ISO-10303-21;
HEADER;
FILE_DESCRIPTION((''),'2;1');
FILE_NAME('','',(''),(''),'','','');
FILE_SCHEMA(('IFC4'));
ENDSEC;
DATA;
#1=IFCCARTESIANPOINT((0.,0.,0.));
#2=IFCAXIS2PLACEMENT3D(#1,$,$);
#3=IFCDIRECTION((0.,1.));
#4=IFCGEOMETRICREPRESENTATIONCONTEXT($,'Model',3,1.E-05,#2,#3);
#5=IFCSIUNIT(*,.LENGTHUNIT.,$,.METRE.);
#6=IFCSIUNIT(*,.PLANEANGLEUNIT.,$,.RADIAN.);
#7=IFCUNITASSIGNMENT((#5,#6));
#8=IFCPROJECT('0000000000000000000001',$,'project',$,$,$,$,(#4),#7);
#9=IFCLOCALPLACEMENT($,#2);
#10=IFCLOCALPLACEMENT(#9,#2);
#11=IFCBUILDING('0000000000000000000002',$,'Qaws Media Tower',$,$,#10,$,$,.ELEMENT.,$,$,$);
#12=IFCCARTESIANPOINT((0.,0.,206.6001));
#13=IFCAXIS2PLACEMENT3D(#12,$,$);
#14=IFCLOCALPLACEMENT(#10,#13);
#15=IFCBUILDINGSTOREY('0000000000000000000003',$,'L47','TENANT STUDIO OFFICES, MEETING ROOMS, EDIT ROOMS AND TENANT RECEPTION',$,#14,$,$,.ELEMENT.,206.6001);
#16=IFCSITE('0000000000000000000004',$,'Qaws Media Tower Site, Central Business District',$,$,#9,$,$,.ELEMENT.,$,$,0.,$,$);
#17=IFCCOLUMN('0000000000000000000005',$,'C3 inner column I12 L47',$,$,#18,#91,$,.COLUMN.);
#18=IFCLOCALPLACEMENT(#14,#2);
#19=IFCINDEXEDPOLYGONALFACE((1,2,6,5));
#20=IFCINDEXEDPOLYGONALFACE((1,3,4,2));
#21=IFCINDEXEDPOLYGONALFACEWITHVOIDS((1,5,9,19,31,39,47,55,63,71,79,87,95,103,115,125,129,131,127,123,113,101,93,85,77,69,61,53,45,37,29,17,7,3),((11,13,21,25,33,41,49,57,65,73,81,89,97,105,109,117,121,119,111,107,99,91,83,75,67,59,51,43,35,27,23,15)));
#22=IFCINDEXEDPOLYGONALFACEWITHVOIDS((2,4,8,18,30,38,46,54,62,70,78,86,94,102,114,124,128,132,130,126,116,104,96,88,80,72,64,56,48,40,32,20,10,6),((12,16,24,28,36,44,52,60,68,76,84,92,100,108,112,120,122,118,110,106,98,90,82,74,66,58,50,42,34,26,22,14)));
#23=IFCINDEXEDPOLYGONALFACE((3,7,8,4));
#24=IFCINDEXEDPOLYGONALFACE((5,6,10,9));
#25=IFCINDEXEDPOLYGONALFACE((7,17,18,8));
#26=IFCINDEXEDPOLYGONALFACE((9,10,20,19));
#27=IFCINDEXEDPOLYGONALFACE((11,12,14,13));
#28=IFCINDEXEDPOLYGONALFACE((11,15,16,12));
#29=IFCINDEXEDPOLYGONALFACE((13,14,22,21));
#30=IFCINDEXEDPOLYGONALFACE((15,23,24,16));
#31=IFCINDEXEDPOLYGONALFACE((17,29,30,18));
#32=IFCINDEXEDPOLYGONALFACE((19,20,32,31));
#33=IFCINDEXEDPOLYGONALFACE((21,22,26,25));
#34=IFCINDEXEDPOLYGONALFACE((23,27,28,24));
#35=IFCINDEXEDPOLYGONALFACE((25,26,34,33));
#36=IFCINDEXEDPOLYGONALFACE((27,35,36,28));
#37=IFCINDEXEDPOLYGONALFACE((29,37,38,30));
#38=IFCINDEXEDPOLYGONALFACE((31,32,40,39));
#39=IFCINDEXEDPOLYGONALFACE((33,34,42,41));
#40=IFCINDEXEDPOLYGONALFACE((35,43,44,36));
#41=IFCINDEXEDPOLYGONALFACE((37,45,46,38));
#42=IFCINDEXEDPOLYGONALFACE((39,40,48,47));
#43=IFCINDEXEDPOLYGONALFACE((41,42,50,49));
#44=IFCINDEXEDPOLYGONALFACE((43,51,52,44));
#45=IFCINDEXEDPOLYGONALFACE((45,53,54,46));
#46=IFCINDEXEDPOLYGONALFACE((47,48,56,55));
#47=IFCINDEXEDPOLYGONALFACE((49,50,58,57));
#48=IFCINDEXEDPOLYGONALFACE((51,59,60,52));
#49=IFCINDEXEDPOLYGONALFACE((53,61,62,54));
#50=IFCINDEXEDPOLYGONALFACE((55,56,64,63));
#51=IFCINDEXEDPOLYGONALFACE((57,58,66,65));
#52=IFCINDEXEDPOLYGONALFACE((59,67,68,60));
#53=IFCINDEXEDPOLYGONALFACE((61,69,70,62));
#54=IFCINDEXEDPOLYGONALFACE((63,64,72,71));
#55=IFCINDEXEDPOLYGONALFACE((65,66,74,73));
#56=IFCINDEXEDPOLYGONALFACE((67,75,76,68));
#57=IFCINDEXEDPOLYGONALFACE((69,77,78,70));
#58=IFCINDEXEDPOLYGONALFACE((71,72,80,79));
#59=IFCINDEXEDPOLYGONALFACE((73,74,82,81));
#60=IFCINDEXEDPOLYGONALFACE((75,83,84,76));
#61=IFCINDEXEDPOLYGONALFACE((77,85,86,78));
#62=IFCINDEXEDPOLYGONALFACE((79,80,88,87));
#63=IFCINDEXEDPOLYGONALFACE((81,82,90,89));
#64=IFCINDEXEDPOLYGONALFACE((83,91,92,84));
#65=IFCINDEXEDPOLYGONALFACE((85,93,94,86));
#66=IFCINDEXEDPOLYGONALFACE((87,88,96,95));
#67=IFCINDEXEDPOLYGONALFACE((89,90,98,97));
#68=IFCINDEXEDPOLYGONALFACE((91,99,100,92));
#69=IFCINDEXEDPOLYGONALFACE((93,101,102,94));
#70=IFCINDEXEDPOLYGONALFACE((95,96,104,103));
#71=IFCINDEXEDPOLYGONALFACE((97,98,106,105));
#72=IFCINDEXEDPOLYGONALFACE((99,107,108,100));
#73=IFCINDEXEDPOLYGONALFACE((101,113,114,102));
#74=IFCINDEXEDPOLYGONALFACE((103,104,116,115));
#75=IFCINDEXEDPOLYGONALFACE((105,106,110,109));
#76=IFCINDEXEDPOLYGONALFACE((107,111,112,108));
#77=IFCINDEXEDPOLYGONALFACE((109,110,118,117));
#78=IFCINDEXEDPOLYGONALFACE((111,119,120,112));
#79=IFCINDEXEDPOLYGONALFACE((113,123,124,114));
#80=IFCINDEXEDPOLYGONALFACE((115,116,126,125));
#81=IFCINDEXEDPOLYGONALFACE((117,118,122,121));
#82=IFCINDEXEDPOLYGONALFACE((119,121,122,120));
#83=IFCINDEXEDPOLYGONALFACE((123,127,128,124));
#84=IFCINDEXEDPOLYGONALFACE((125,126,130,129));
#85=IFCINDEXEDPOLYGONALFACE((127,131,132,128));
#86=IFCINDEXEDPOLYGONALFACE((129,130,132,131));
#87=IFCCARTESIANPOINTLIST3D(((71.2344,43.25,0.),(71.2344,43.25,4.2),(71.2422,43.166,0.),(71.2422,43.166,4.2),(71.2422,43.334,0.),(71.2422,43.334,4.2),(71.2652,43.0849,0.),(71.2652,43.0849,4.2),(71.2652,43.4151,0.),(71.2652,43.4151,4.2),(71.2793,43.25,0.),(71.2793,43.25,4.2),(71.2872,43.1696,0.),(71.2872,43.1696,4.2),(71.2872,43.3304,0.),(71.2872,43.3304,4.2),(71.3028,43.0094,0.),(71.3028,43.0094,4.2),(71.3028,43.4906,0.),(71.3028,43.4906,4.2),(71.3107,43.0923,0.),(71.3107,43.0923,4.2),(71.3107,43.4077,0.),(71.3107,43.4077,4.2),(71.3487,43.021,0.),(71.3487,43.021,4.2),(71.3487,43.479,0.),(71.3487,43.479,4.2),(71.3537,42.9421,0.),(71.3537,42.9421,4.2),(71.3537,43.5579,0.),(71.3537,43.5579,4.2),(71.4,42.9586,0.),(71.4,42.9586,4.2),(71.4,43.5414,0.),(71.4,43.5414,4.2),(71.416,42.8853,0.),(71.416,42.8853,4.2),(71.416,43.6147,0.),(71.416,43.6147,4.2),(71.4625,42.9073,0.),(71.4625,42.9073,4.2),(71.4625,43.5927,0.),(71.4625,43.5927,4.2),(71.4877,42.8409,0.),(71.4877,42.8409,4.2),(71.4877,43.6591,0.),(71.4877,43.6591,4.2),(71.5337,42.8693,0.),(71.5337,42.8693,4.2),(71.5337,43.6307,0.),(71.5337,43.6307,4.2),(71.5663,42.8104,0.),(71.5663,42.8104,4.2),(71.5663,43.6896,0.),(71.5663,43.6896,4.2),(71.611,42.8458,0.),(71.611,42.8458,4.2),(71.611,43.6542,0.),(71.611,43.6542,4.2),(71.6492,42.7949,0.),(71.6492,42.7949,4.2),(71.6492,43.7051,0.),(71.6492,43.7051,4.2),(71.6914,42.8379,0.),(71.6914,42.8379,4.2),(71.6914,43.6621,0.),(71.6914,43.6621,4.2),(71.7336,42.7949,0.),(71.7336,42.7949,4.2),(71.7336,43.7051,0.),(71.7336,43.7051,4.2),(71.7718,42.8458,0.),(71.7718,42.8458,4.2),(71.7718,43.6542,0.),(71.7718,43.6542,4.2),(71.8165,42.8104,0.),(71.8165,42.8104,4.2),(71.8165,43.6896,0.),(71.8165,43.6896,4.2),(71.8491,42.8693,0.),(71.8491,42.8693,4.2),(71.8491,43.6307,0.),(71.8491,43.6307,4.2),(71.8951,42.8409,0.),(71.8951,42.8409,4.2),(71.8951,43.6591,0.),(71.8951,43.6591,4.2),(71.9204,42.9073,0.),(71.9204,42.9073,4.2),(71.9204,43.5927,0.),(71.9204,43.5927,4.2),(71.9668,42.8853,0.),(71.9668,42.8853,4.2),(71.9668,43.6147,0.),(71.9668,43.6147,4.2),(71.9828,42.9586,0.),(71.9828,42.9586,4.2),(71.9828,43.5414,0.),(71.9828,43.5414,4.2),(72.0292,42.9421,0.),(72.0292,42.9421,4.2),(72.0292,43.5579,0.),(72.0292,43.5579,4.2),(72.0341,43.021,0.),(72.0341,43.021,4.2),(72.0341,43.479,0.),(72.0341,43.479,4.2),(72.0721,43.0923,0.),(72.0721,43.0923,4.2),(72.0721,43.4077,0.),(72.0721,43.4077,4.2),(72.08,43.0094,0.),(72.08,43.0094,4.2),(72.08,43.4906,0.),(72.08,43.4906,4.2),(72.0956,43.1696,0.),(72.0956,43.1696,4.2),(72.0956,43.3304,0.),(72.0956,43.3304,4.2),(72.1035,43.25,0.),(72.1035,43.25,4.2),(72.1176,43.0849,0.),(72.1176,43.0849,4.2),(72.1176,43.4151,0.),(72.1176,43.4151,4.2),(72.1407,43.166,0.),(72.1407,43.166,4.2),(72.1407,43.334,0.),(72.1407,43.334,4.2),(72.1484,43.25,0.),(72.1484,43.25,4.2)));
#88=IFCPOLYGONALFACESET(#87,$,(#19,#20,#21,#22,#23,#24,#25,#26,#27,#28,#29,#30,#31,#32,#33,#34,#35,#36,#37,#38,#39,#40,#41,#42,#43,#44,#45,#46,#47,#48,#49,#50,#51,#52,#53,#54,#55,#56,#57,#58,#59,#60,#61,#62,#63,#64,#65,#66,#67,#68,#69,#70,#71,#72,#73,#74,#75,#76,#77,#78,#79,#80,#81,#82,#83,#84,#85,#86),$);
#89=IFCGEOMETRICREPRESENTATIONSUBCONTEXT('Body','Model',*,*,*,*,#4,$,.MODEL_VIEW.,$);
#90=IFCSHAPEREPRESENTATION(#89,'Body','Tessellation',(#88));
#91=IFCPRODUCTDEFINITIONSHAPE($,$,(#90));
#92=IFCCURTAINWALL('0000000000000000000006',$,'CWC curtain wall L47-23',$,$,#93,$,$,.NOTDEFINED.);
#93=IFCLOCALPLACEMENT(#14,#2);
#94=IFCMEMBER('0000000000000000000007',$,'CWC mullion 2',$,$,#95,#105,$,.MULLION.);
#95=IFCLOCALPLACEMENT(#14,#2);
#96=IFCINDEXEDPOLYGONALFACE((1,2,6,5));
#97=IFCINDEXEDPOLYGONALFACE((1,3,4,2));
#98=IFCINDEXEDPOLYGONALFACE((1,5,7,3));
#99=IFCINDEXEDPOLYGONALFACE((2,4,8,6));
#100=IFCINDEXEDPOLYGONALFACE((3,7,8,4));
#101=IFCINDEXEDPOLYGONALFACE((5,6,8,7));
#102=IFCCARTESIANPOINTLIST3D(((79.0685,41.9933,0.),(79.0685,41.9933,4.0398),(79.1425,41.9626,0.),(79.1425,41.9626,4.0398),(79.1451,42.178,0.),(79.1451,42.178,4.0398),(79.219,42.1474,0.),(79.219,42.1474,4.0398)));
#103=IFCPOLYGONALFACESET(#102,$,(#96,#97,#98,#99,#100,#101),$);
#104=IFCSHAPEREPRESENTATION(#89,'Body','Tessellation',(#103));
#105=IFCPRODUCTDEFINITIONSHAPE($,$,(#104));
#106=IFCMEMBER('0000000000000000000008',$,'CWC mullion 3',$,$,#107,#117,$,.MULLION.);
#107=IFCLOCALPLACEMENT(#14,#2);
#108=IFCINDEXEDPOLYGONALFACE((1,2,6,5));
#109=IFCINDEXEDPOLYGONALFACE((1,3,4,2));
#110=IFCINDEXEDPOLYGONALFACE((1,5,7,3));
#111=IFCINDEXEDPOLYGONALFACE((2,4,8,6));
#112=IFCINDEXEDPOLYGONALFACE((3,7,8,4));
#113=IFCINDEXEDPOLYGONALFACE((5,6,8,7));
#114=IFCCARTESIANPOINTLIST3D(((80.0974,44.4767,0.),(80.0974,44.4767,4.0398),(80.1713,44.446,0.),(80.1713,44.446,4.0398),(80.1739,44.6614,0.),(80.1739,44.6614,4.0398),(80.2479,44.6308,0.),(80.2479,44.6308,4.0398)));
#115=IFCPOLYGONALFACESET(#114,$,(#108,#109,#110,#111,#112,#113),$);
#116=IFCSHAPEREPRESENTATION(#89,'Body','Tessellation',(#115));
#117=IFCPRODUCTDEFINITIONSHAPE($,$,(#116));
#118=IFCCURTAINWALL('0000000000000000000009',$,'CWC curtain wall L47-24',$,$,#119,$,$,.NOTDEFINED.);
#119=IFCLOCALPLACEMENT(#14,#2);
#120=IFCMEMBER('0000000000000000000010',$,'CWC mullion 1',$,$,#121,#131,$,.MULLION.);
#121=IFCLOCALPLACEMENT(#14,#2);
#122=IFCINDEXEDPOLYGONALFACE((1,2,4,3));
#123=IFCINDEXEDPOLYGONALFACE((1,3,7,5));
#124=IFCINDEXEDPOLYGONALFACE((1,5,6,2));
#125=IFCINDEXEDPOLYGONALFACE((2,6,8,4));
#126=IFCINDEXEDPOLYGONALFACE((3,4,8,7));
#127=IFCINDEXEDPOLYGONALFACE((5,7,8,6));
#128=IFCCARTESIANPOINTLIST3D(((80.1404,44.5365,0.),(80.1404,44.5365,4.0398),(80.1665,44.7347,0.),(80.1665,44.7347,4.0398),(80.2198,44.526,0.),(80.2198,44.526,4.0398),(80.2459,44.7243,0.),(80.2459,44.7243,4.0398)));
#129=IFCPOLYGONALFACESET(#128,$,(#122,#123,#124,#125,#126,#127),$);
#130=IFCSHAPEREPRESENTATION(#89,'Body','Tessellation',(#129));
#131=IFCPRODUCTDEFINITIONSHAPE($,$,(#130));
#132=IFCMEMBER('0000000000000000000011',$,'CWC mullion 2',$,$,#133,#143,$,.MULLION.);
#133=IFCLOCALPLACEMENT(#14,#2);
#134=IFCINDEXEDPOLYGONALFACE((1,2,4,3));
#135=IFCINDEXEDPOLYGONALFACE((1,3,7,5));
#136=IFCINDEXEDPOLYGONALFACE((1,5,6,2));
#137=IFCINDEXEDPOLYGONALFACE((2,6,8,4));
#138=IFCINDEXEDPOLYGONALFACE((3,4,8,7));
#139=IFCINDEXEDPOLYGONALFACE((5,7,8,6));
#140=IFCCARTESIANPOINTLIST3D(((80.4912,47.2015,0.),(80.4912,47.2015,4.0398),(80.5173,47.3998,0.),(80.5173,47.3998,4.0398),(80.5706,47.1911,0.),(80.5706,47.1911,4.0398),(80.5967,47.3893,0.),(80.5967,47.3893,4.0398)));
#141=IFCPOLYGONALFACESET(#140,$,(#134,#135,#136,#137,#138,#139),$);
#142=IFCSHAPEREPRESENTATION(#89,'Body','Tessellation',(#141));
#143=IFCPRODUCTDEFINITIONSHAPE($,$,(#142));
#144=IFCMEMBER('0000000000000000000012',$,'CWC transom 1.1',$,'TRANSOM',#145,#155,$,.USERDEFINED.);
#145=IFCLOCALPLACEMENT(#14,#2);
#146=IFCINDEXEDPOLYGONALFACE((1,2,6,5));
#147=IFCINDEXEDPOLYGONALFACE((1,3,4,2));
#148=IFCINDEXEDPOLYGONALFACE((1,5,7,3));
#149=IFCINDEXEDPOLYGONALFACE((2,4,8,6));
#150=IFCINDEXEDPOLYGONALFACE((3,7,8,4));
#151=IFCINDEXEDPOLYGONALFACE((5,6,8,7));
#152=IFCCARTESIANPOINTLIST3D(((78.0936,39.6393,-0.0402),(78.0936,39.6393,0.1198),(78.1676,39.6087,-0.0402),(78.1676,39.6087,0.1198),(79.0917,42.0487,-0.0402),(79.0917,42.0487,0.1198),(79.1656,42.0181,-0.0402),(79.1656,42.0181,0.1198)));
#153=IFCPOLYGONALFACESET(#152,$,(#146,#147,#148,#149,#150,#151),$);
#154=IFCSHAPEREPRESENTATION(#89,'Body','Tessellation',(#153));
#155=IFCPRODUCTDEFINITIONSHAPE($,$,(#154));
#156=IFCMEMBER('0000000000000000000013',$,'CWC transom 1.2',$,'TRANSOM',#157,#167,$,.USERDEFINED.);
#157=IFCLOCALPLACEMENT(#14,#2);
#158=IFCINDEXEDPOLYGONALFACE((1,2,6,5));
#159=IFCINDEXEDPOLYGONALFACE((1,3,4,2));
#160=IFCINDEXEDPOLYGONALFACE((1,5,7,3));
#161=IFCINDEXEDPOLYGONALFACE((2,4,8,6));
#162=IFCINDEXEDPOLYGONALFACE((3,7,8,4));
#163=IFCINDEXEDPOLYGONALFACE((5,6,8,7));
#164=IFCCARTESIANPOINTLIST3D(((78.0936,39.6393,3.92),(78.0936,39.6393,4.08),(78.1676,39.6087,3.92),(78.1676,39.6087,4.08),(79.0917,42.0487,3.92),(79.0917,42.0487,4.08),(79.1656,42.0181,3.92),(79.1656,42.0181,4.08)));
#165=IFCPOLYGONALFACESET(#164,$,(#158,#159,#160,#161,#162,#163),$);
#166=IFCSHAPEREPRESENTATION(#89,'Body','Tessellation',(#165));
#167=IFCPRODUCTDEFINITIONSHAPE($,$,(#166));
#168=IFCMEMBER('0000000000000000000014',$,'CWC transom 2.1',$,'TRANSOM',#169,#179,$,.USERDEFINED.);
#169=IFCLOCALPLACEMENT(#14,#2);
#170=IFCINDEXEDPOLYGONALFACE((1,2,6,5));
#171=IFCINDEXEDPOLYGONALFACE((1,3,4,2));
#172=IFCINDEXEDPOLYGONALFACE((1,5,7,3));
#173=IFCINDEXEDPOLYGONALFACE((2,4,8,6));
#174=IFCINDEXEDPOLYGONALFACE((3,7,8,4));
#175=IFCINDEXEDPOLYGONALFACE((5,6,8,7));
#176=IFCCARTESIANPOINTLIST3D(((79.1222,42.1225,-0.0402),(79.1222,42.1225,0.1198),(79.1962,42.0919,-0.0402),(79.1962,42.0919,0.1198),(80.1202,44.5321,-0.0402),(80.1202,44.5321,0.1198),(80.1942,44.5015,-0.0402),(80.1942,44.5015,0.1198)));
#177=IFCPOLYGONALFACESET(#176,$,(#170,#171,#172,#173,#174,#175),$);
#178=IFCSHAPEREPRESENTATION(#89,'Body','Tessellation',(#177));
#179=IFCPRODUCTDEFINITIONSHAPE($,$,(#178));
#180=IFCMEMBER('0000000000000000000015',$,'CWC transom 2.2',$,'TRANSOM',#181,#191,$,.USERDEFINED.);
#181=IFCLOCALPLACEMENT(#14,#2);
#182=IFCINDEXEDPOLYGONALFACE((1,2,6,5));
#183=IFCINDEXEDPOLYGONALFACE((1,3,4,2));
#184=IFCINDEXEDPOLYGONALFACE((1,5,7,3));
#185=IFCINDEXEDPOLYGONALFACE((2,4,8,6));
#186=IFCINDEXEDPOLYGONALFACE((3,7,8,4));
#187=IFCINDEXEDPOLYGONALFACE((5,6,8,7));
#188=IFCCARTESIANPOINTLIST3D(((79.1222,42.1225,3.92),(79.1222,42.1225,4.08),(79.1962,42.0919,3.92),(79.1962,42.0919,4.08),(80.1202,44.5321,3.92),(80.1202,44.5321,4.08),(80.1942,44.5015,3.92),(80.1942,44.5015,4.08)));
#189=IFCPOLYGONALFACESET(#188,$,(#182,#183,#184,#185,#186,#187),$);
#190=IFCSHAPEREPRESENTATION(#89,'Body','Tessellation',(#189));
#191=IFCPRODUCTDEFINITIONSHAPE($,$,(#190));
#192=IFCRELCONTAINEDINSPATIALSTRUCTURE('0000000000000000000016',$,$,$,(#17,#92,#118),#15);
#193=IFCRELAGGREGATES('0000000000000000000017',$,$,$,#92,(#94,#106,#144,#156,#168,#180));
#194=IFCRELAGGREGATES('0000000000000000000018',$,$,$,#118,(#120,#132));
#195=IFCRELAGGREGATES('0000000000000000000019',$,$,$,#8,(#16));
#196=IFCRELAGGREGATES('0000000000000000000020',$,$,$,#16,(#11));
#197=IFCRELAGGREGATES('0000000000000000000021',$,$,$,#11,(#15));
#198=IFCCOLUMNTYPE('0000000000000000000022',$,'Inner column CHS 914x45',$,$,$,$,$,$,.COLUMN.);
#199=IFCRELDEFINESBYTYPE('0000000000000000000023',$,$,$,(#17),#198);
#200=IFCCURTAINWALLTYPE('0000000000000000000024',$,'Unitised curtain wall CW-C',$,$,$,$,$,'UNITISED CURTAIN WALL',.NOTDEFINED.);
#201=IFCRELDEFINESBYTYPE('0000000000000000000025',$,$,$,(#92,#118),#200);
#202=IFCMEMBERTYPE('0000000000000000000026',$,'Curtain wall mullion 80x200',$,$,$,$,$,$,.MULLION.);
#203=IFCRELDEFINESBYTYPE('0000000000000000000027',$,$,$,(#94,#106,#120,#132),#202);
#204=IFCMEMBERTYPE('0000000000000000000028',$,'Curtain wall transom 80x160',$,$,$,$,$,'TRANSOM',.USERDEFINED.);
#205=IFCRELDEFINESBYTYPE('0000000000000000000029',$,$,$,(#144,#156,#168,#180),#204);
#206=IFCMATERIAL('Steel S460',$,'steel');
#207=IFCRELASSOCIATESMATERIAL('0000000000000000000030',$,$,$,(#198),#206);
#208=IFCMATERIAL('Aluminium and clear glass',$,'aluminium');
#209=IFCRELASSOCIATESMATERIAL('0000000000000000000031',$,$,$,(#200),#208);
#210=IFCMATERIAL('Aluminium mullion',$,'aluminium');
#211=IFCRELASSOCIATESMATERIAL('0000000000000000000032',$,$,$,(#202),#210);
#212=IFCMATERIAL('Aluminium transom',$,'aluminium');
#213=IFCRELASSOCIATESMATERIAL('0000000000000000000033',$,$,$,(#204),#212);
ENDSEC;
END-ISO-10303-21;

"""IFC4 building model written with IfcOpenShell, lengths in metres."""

from ifc_helpers import new_model, si_unit, direction, frame, origin, origin_2d, place, context, subcontext, project, spatial, rectangle, hollow_circle, extrude, material, material_profile, profile_set, type_object, element, aggregate, save


model = new_model("IFC4")

# Units and contexts
model_context = context("Model", 3, precision=1e-05, world=origin(), true_north=direction((0.0, 1.0)))
body_context = subcontext(model_context, "Body", "Model", "MODEL_VIEW")
ifc_project = project(units=[si_unit("LENGTHUNIT", "METRE"), si_unit("PLANEANGLEUNIT", "RADIAN")], contexts=[model_context])

# Site, building, storey
site_placement = place(None, origin())
site = spatial("IfcSite", under=ifc_project, at=site_placement, Name="Qaws Media Tower Site, Central Business District", CompositionType="ELEMENT", RefElevation=0.0)
building_placement = place(site_placement, origin())
building = spatial("IfcBuilding", under=site, at=building_placement, Name="Qaws Media Tower", CompositionType="ELEMENT")
storey_placement = place(building_placement, frame((0.0, 0.0, 206.6001)))
storey = spatial("IfcBuildingStorey", under=building, at=storey_placement, Name="L47", Description="TENANT STUDIO OFFICES, MEETING ROOMS, EDIT ROOMS AND TENANT RECEPTION", CompositionType="ELEMENT", Elevation=206.6001)

# Column
ifc_material_1 = material(Name="Steel S460", Category="steel")
ifc_material_profile_1 = material_profile(ifc_material_1, hollow_circle(Radius=0.457, WallThickness=0.0449, at=origin_2d()), Name="CHS 914x45")
ifc_profile_set_1 = profile_set([ifc_material_profile_1], Name="Steel S460")
column_type = type_object("IfcColumnType", Name="Inner column CHS 914x45", PredefinedType="COLUMN", material=ifc_profile_set_1)
column_placement = place(storey_placement, frame((71.6914, 43.25, 0.0), z_axis=(0.0, 0.0, 1.0), x_axis=(1.0, 0.0, 0.0)))
element("IfcColumn", 1, at=column_placement, inside=storey, type_object=column_type, Name="C3 inner column I12 L47", PredefinedType="COLUMN", context=body_context, shape_type="SweptSolid", body=[
    extrude(hollow_circle(Radius=0.457, WallThickness=0.0449, at=origin_2d()), origin(), (0.0, 0.0, 1.0), 4.2),
])

# Curtain walls, members
ifc_material_2 = material(Name="Aluminium and clear glass", Category="aluminium")
curtain_wall_type = type_object("IfcCurtainWallType", Name="Unitised curtain wall CW-C", ElementType="UNITISED CURTAIN WALL", PredefinedType="NOTDEFINED", material=ifc_material_2)
curtain_wall_1_placement = place(storey_placement, origin())
curtain_wall_1 = element("IfcCurtainWall", 2, at=curtain_wall_1_placement, inside=storey, type_object=curtain_wall_type, Name="CWC curtain wall L47-23", PredefinedType="NOTDEFINED")
ifc_material_3 = material(Name="Aluminium mullion", Category="aluminium")
ifc_material_profile_2 = material_profile(ifc_material_3, rectangle(XDim=0.0801, YDim=0.2, at=origin_2d()), Name="80x200")
ifc_profile_set_2 = profile_set([ifc_material_profile_2], Name="Aluminium mullion")
member_type_1 = type_object("IfcMemberType", Name="Curtain wall mullion 80x200", PredefinedType="MULLION", material=ifc_profile_set_2)
member_1_placement = place(storey_placement, frame((79.1438, 42.0703, 0.0), z_axis=(0.0, 0.0, 1.0), x_axis=(-0.92388, 0.382683, 0.0)))
member_1 = element("IfcMember", 3, at=member_1_placement, type_object=member_type_1, Name="CWC mullion 2", PredefinedType="MULLION", context=body_context, shape_type="SweptSolid", body=[
    extrude(rectangle(XDim=0.0801, YDim=0.2, at=origin_2d()), origin(), (0.0, 0.0, 1.0), 4.0398),
])
member_2_placement = place(storey_placement, frame((80.1726, 44.5537, 0.0), z_axis=(0.0, 0.0, 1.0), x_axis=(-0.92388, 0.382683, 0.0)))
member_2 = element("IfcMember", 4, at=member_2_placement, type_object=member_type_1, Name="CWC mullion 3", PredefinedType="MULLION", context=body_context, shape_type="SweptSolid", body=[
    extrude(rectangle(XDim=0.0801, YDim=0.2, at=origin_2d()), origin(), (0.0, 0.0, 1.0), 4.0398),
])
curtain_wall_2_placement = place(storey_placement, origin())
curtain_wall_2 = element("IfcCurtainWall", 5, at=curtain_wall_2_placement, inside=storey, type_object=curtain_wall_type, Name="CWC curtain wall L47-24", PredefinedType="NOTDEFINED")
member_3_placement = place(storey_placement, frame((80.1931, 44.6304, 0.0), z_axis=(0.0, 0.0, 1.0), x_axis=(-0.991445, 0.130526, 0.0)))
member_3 = element("IfcMember", 6, at=member_3_placement, type_object=member_type_1, Name="CWC mullion 1", PredefinedType="MULLION", context=body_context, shape_type="SweptSolid", body=[
    extrude(rectangle(XDim=0.0801, YDim=0.2, at=origin_2d()), origin(), (0.0, 0.0, 1.0), 4.0398),
])
member_4_placement = place(storey_placement, frame((80.5439, 47.2954, 0.0), z_axis=(0.0, 0.0, 1.0), x_axis=(-0.991445, 0.130526, 0.0)))
member_4 = element("IfcMember", 7, at=member_4_placement, type_object=member_type_1, Name="CWC mullion 2", PredefinedType="MULLION", context=body_context, shape_type="SweptSolid", body=[
    extrude(rectangle(XDim=0.0801, YDim=0.2, at=origin_2d()), origin(), (0.0, 0.0, 1.0), 4.0398),
])

# Members
ifc_material_4 = material(Name="Aluminium transom", Category="aluminium")
ifc_material_profile_3 = material_profile(ifc_material_4, rectangle(XDim=0.0801, YDim=0.1599, at=origin_2d()), Name="80x160")
ifc_profile_set_3 = profile_set([ifc_material_profile_3], Name="Aluminium transom")
member_type_2 = type_object("IfcMemberType", Name="Curtain wall transom 80x160", ElementType="TRANSOM", PredefinedType="USERDEFINED", material=ifc_profile_set_3)
member_5_placement = place(storey_placement, frame((78.1306, 39.624, 0.0398), z_axis=(0.382694, 0.923875, 0.0), x_axis=(-0.923875, 0.382694, 0.0)))
member_5 = element("IfcMember", 8, at=member_5_placement, type_object=member_type_2, Name="CWC transom 1.1", ObjectType="TRANSOM", PredefinedType="USERDEFINED", context=body_context, shape_type="SweptSolid", body=[
    extrude(rectangle(XDim=0.0801, YDim=0.1599, at=origin_2d()), origin(), (0.0, 0.0, 1.0), 2.6079),
])
member_6_placement = place(storey_placement, frame((78.1306, 39.624, 4.0), z_axis=(0.382694, 0.923875, 0.0), x_axis=(-0.923875, 0.382694, 0.0)))
member_6 = element("IfcMember", 9, at=member_6_placement, type_object=member_type_2, Name="CWC transom 1.2", ObjectType="TRANSOM", PredefinedType="USERDEFINED", context=body_context, shape_type="SweptSolid", body=[
    extrude(rectangle(XDim=0.0801, YDim=0.1599, at=origin_2d()), origin(), (0.0, 0.0, 1.0), 2.6079),
])
member_7_placement = place(storey_placement, frame((79.1592, 42.1072, 0.0398), z_axis=(0.38266, 0.923889, 0.0), x_axis=(-0.923889, 0.38266, 0.0)))
member_7 = element("IfcMember", 10, at=member_7_placement, type_object=member_type_2, Name="CWC transom 2.1", ObjectType="TRANSOM", PredefinedType="USERDEFINED", context=body_context, shape_type="SweptSolid", body=[
    extrude(rectangle(XDim=0.0801, YDim=0.1599, at=origin_2d()), origin(), (0.0, 0.0, 1.0), 2.6082),
])
member_8_placement = place(storey_placement, frame((79.1592, 42.1072, 4.0), z_axis=(0.38266, 0.923889, 0.0), x_axis=(-0.923889, 0.38266, 0.0)))
member_8 = element("IfcMember", 11, at=member_8_placement, type_object=member_type_2, Name="CWC transom 2.2", ObjectType="TRANSOM", PredefinedType="USERDEFINED", context=body_context, shape_type="SweptSolid", body=[
    extrude(rectangle(XDim=0.0801, YDim=0.1599, at=origin_2d()), origin(), (0.0, 0.0, 1.0), 2.6082),
])

aggregate(curtain_wall_1, [member_1, member_2, member_5, member_6, member_7, member_8])
aggregate(curtain_wall_2, [member_3, member_4])

save(model, "model.ifc")
